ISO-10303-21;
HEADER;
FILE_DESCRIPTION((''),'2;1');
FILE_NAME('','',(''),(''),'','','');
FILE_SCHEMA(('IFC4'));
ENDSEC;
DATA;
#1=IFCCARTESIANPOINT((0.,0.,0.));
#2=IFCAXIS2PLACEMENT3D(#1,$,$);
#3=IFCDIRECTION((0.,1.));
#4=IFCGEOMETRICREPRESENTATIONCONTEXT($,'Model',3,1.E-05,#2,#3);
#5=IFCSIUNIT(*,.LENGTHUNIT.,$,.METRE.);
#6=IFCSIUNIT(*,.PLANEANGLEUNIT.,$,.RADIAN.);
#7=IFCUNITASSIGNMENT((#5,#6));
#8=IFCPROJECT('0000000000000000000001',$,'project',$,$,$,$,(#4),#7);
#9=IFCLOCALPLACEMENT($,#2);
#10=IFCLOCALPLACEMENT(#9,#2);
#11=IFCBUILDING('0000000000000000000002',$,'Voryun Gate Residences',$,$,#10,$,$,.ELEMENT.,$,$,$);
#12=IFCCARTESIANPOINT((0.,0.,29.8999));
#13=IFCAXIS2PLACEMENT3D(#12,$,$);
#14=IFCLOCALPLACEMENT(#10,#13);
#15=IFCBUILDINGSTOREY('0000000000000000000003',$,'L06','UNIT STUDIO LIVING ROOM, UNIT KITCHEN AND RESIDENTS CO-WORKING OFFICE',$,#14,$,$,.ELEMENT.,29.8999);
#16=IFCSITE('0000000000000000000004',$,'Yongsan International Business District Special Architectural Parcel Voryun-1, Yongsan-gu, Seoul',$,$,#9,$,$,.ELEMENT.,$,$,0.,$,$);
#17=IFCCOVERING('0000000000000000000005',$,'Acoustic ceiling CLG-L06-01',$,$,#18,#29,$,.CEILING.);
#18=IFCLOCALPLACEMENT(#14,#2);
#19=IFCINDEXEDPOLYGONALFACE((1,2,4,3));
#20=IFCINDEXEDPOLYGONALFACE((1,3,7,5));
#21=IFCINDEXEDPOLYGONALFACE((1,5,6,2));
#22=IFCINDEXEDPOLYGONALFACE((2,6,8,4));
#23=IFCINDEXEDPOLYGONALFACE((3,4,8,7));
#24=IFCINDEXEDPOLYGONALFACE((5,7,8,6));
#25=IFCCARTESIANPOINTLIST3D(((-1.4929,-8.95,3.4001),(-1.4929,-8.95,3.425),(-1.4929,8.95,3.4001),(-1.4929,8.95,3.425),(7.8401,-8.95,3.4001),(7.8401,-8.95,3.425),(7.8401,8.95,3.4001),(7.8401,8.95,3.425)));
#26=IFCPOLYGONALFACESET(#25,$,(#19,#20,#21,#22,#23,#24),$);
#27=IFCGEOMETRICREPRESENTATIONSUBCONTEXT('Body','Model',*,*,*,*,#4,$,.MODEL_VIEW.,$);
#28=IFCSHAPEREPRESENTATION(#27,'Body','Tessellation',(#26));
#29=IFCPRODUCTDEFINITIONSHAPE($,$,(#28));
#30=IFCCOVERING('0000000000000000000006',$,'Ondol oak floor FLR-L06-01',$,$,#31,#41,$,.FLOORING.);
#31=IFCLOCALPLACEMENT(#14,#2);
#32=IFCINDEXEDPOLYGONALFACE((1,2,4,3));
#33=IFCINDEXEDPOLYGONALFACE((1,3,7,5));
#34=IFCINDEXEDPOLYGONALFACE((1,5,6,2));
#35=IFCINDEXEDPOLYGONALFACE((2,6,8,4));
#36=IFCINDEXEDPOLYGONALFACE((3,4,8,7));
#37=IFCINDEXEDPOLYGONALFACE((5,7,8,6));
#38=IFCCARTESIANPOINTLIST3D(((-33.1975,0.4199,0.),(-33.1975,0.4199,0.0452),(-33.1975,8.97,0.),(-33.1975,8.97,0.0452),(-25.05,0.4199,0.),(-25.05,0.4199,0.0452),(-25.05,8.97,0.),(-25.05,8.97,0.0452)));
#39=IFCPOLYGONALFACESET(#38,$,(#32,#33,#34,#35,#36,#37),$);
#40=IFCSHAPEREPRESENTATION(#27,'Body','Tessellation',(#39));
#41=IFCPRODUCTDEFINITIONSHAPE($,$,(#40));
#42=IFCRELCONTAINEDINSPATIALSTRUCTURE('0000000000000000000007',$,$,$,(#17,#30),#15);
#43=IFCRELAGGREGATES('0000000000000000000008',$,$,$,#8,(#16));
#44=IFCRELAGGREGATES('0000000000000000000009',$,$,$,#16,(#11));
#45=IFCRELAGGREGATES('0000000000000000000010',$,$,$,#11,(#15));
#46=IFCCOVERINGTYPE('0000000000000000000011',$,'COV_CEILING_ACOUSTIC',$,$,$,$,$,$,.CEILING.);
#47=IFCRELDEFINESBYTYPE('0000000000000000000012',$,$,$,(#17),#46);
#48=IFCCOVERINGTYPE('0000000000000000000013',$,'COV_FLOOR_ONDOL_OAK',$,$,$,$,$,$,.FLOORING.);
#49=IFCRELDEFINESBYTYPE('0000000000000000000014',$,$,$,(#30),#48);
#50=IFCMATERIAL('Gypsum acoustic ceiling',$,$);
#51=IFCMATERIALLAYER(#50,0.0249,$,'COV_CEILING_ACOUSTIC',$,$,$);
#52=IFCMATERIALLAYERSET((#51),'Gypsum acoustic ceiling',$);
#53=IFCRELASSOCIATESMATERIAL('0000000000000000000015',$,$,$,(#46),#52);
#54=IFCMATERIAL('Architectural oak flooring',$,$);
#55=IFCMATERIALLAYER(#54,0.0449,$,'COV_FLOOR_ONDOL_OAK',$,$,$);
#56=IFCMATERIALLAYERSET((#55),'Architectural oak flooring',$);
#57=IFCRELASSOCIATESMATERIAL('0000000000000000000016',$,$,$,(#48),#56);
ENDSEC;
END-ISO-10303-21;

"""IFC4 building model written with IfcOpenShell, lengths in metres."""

from ifc_helpers import new_model, si_unit, direction, frame, origin, place, context, subcontext, project, spatial, polyline, outline, extrude, material, layer, layer_set, type_object, element, save


model = new_model("IFC4")

# Units and contexts
model_context = context("Model", 3, precision=1e-05, world=origin(), true_north=direction((0.0, 1.0)))
body_context = subcontext(model_context, "Body", "Model", "MODEL_VIEW")
ifc_project = project(units=[si_unit("LENGTHUNIT", "METRE"), si_unit("PLANEANGLEUNIT", "RADIAN")], contexts=[model_context])

# Site, building, storey
site_placement = place(None, origin())
site = spatial("IfcSite", under=ifc_project, at=site_placement, Name="Yongsan International Business District Special Architectural Parcel Voryun-1, Yongsan-gu, Seoul", CompositionType="ELEMENT", RefElevation=0.0)
building_placement = place(site_placement, origin())
building = spatial("IfcBuilding", under=site, at=building_placement, Name="Voryun Gate Residences", CompositionType="ELEMENT")
storey_placement = place(building_placement, frame((0.0, 0.0, 29.8999)))
storey = spatial("IfcBuildingStorey", under=building, at=storey_placement, Name="L06", Description="UNIT STUDIO LIVING ROOM, UNIT KITCHEN AND RESIDENTS CO-WORKING OFFICE", CompositionType="ELEMENT", Elevation=29.8999)

# Coverings
ifc_material_1 = material(Name="Gypsum acoustic ceiling")
ifc_layer_1 = layer(ifc_material_1, 0.0249, Name="COV_CEILING_ACOUSTIC")
ifc_layer_set_1 = layer_set([ifc_layer_1], Name="Gypsum acoustic ceiling")
covering_type_1 = type_object("IfcCoveringType", Name="COV_CEILING_ACOUSTIC", PredefinedType="CEILING", material=ifc_layer_set_1)
covering_1_placement = place(storey_placement, frame((0.0, 0.0, 3.4001)))
element("IfcCovering", 1, at=covering_1_placement, inside=storey, type_object=covering_type_1, Name="Acoustic ceiling CLG-L06-01", PredefinedType="CEILING", context=body_context, shape_type="SweptSolid", body=[
    extrude(outline(polyline([(-1.4929, 8.95), (7.8401, 8.95), (7.8401, -8.95), (-1.4929, -8.95), (-1.4929, 8.95)])), origin(), (0.0, 0.0, 1.0), 0.0249),
])
ifc_material_2 = material(Name="Architectural oak flooring")
ifc_layer_2 = layer(ifc_material_2, 0.0449, Name="COV_FLOOR_ONDOL_OAK")
ifc_layer_set_2 = layer_set([ifc_layer_2], Name="Architectural oak flooring")
covering_type_2 = type_object("IfcCoveringType", Name="COV_FLOOR_ONDOL_OAK", PredefinedType="FLOORING", material=ifc_layer_set_2)
covering_2_placement = place(storey_placement, origin())
element("IfcCovering", 2, at=covering_2_placement, inside=storey, type_object=covering_type_2, Name="Ondol oak floor FLR-L06-01", PredefinedType="FLOORING", context=body_context, shape_type="SweptSolid", body=[
    extrude(outline(polyline([(-25.05, 8.97), (-25.05, 0.4199), (-33.1975, 0.4199), (-33.1975, 8.97), (-25.05, 8.97)])), origin(), (0.0, 0.0, 1.0), 0.0452),
])

save(model, "model.ifc")
